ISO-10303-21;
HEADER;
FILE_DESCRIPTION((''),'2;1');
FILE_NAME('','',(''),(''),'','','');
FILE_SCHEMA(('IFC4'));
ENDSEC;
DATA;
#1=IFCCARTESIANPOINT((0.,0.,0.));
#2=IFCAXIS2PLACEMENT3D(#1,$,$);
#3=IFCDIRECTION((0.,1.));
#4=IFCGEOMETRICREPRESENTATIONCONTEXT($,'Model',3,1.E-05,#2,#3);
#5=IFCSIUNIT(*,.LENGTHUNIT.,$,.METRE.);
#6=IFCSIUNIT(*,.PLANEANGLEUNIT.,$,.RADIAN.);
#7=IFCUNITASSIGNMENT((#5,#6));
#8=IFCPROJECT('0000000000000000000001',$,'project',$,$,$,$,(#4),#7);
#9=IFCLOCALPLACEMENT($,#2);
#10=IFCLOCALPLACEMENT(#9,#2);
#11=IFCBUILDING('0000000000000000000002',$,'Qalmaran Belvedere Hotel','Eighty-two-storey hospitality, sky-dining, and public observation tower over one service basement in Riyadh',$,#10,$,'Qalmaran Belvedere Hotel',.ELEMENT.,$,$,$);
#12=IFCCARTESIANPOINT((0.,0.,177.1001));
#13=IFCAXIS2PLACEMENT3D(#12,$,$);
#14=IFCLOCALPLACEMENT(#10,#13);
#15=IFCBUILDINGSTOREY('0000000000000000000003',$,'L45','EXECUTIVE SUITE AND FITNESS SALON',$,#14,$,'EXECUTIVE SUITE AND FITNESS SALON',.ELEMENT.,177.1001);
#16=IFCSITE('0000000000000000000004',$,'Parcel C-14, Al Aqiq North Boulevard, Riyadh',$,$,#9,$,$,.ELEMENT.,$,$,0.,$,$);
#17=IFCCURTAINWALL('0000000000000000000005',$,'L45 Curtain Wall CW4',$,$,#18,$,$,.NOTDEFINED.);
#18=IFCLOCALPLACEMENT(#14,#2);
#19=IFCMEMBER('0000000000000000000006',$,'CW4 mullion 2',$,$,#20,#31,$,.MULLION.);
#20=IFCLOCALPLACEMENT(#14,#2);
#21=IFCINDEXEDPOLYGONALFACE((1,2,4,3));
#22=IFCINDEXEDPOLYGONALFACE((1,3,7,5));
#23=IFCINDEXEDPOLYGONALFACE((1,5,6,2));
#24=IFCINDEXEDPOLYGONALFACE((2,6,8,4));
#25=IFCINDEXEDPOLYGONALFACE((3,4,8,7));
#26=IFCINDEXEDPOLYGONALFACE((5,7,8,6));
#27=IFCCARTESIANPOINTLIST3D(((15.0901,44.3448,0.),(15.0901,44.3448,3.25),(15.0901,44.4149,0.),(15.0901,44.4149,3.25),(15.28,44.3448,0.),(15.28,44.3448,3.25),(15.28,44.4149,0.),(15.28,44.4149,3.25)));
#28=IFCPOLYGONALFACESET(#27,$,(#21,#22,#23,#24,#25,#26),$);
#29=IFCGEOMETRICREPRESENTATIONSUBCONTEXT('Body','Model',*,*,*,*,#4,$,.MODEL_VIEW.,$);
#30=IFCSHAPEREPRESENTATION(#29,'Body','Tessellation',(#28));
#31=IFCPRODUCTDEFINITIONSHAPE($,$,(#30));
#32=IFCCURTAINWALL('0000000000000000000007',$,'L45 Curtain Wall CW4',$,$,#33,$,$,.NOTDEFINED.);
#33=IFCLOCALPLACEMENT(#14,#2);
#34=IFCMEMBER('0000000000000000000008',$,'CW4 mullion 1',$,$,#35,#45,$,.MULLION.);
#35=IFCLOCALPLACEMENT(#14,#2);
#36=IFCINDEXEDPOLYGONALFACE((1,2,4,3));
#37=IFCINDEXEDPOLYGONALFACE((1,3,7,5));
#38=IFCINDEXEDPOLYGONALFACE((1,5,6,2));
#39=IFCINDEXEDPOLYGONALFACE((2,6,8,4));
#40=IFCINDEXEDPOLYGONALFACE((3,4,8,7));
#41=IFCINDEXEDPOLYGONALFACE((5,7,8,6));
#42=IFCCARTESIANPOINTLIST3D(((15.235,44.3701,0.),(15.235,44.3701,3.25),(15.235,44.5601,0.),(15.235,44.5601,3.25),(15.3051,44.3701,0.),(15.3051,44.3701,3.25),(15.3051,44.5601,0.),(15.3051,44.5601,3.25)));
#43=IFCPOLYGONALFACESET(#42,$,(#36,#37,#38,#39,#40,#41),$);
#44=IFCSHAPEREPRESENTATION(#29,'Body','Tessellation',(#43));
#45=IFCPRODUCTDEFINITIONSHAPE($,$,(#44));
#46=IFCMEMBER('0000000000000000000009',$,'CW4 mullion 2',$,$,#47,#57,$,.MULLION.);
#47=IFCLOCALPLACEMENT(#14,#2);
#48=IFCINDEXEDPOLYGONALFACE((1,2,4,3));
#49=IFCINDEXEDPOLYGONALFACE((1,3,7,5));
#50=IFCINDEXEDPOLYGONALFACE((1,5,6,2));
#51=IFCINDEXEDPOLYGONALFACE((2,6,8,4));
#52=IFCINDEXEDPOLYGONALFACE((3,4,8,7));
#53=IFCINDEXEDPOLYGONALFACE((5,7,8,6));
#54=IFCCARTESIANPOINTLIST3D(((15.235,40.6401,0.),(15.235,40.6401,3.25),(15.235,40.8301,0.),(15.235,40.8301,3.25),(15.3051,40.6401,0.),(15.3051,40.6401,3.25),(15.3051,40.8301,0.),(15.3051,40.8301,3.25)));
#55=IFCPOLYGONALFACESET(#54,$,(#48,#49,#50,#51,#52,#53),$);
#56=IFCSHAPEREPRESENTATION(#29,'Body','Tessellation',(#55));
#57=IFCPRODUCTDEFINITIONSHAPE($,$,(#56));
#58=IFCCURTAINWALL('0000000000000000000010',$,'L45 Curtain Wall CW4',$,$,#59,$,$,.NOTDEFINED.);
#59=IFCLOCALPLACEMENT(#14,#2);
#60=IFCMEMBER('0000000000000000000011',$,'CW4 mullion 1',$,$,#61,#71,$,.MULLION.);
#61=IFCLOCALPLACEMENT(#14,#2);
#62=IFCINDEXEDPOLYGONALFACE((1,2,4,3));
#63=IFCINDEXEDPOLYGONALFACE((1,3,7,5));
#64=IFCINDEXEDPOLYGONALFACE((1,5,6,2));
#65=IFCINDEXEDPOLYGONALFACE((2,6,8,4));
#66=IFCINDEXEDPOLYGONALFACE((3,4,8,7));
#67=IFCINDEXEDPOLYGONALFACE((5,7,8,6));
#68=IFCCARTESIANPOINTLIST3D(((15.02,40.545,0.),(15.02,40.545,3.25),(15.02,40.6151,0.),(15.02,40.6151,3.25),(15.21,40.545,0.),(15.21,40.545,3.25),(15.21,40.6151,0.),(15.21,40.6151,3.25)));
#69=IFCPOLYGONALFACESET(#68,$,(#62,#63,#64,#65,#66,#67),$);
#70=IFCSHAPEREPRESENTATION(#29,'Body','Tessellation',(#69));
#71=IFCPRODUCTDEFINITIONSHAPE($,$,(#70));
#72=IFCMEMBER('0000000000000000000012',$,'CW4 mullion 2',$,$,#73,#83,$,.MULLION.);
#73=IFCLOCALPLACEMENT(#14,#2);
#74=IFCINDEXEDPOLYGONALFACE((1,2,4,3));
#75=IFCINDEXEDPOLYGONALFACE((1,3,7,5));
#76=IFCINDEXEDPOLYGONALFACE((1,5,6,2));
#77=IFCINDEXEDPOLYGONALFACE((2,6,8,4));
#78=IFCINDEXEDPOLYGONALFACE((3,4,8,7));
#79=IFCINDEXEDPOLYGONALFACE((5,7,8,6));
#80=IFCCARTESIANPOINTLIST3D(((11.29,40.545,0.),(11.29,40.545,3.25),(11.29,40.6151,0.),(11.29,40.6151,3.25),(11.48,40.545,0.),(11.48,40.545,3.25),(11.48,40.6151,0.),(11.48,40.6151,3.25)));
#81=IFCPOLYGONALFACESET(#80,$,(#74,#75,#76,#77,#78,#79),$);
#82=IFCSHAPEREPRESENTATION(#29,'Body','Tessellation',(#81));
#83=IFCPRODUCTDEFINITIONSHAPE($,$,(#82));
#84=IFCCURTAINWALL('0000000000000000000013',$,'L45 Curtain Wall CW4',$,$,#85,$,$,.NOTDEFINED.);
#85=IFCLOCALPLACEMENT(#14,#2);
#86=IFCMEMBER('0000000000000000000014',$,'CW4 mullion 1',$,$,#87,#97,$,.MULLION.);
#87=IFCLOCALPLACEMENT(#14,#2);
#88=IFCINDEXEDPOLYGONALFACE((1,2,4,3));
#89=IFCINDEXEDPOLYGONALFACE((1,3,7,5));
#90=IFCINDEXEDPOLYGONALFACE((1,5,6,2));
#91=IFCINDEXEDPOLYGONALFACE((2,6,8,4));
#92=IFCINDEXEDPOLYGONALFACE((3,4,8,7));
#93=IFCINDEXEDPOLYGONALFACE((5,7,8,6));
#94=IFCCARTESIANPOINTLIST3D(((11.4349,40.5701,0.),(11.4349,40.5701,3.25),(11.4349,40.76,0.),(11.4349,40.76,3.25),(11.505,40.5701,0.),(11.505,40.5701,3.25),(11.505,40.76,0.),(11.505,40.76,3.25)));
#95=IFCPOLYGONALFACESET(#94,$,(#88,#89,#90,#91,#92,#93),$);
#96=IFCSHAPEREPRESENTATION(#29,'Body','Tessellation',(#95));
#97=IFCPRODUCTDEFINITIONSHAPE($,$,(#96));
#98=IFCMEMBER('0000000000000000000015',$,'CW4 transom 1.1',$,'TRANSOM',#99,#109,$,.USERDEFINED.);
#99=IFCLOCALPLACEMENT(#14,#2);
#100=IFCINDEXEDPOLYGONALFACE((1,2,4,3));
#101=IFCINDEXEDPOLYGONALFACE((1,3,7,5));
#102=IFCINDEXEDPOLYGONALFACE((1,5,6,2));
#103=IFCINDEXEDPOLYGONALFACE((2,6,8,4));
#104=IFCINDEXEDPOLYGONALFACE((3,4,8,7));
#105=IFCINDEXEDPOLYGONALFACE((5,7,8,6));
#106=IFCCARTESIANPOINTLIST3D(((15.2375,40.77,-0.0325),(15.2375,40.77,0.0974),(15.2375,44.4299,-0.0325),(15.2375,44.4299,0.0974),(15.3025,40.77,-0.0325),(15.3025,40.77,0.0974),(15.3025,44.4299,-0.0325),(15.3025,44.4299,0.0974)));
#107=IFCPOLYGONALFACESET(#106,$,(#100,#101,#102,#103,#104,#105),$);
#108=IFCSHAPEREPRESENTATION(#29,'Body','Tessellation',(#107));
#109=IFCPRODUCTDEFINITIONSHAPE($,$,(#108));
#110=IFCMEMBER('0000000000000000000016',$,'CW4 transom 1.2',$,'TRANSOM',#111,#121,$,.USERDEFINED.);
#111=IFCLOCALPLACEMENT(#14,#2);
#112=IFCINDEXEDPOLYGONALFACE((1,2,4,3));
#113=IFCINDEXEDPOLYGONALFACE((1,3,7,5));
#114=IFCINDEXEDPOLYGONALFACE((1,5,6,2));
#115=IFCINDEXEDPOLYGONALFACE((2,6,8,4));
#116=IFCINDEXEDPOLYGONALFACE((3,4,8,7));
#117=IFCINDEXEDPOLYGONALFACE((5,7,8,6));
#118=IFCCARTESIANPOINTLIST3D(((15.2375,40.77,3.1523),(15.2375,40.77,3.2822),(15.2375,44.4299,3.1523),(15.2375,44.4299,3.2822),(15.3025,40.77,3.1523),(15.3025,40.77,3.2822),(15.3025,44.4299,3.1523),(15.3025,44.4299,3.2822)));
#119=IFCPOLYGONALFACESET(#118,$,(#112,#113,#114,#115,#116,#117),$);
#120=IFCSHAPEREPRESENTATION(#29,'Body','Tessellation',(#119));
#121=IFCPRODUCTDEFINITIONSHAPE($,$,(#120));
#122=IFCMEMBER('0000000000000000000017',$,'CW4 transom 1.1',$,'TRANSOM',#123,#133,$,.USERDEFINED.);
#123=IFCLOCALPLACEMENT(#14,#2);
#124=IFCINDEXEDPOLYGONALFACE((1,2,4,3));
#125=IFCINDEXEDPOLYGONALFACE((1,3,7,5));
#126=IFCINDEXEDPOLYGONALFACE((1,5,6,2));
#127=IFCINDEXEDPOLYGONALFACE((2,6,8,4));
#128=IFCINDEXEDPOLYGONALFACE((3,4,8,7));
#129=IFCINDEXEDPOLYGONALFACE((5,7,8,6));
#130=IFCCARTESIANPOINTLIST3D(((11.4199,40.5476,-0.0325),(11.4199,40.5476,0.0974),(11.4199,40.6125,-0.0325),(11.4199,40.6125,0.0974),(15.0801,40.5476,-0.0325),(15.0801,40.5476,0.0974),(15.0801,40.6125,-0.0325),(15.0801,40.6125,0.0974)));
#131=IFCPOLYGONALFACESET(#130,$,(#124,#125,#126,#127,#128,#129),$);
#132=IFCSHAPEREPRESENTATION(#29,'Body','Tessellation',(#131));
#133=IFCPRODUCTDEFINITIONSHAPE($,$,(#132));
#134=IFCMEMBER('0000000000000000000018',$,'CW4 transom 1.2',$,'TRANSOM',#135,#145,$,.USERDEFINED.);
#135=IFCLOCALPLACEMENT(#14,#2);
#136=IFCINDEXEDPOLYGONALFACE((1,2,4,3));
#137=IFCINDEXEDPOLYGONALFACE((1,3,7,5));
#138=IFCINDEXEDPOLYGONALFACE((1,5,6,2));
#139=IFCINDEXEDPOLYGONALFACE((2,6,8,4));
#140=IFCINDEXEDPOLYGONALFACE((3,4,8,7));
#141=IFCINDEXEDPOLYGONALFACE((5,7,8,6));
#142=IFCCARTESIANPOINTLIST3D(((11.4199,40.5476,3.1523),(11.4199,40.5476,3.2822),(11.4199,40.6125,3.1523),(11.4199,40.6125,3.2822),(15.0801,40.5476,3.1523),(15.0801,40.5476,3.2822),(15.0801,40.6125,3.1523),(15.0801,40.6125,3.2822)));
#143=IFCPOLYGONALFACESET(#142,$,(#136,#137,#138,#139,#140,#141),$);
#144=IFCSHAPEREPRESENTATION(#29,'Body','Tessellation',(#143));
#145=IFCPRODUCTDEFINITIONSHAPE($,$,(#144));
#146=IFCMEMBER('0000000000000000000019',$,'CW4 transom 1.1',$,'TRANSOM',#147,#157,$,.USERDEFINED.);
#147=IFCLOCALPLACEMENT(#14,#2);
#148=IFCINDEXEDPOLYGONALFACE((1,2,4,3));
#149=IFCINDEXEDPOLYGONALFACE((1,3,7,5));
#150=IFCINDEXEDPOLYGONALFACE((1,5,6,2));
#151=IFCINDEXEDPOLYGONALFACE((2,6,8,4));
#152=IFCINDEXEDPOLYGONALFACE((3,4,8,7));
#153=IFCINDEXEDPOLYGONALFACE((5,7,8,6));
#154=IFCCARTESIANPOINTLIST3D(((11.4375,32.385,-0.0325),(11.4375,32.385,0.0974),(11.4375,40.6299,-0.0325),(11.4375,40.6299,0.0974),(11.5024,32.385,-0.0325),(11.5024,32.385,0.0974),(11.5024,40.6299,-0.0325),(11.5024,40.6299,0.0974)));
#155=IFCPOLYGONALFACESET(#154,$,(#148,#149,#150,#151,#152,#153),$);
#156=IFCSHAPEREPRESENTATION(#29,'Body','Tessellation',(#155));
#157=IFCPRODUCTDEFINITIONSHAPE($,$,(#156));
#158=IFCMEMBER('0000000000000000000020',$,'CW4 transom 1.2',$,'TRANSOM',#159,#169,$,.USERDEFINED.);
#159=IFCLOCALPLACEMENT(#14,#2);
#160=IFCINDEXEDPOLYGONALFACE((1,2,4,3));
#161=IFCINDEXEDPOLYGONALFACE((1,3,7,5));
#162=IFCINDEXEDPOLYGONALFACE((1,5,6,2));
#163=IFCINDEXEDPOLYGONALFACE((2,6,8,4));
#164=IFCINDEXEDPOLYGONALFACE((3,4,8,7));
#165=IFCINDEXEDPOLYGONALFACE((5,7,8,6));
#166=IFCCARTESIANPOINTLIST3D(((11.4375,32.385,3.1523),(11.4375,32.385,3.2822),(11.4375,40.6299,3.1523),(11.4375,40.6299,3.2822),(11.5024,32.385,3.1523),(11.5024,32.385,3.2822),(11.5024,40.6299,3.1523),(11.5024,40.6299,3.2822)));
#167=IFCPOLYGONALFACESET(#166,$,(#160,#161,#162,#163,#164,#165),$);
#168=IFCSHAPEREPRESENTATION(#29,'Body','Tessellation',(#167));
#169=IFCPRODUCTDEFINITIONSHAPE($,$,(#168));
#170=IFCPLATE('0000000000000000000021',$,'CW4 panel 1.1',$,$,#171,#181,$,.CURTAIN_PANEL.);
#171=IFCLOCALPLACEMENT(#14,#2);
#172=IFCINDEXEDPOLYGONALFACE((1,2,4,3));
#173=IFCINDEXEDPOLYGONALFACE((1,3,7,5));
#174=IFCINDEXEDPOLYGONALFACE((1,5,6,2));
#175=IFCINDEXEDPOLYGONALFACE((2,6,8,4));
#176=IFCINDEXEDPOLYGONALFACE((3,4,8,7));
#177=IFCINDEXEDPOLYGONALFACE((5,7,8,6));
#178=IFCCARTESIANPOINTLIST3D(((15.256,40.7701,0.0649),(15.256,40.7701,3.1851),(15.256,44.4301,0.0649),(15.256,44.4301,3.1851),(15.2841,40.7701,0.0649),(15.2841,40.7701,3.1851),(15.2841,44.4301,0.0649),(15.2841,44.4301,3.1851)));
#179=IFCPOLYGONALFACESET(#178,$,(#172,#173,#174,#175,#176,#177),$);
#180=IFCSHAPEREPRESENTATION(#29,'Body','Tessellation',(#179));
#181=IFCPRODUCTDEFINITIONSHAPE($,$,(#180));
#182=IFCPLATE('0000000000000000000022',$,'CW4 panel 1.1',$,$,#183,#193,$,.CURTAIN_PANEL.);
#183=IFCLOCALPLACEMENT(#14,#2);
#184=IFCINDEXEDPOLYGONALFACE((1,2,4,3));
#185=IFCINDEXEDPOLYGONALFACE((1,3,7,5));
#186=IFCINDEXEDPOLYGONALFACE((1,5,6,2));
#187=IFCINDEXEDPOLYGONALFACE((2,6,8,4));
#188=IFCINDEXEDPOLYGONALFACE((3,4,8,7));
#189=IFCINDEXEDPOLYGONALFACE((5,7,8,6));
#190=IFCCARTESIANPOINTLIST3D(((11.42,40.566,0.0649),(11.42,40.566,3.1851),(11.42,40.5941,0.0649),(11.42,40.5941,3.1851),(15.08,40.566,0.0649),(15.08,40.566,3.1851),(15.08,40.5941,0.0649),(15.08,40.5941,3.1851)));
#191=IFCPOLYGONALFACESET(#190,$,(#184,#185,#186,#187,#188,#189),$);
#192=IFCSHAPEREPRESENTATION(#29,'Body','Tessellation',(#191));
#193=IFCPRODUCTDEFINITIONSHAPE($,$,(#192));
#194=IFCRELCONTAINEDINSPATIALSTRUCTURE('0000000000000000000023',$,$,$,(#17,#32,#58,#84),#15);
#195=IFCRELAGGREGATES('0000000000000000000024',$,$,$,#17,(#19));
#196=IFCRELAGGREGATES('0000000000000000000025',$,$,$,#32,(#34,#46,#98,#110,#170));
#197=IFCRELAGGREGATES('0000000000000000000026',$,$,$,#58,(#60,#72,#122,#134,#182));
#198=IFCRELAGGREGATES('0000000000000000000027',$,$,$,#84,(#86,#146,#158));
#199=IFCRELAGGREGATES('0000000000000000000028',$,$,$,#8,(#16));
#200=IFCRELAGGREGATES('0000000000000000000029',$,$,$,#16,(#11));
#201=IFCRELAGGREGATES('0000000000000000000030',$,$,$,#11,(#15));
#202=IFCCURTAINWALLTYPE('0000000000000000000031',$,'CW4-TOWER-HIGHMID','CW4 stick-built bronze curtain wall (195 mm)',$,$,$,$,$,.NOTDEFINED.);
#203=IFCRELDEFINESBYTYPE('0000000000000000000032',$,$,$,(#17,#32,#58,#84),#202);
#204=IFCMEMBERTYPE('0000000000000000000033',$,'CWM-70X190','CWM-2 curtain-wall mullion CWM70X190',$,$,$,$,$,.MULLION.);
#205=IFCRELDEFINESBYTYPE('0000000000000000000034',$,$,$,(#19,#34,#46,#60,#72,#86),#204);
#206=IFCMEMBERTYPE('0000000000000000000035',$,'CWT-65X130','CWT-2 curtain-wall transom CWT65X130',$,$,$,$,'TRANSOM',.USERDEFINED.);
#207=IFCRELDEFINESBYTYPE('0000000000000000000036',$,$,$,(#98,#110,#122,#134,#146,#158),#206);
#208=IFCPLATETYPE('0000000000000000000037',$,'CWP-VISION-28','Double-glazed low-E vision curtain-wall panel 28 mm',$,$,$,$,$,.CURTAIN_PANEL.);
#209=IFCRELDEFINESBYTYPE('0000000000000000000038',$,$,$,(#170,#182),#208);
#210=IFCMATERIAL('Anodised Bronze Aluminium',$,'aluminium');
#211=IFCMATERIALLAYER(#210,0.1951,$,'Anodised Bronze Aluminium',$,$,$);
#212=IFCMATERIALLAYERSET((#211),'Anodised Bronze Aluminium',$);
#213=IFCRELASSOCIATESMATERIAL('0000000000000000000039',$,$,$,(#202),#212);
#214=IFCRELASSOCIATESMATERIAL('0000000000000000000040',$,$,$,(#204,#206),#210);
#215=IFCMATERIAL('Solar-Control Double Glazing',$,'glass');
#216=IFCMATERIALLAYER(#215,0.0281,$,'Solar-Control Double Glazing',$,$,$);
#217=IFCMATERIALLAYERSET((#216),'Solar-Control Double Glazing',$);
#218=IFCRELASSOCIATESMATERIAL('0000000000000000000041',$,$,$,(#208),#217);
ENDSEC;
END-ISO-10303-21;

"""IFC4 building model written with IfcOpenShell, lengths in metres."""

from ifc_helpers import new_model, si_unit, direction, frame, origin, origin_2d, place, context, subcontext, project, spatial, rectangle, extrude, material, layer, layer_set, material_profile, profile_set, type_object, element, aggregate, save


model = new_model("IFC4")

# Units and contexts
model_context = context("Model", 3, precision=1e-05, world=origin(), true_north=direction((0.0, 1.0)))
body_context = subcontext(model_context, "Body", "Model", "MODEL_VIEW")
ifc_project = project(units=[si_unit("LENGTHUNIT", "METRE"), si_unit("PLANEANGLEUNIT", "RADIAN")], contexts=[model_context])

# Site, building, storey
site_placement = place(None, origin())
site = spatial("IfcSite", under=ifc_project, at=site_placement, Name="Parcel C-14, Al Aqiq North Boulevard, Riyadh", CompositionType="ELEMENT", RefElevation=0.0)
building_placement = place(site_placement, origin())
building = spatial("IfcBuilding", under=site, at=building_placement, Name="Qalmaran Belvedere Hotel", Description="Eighty-two-storey hospitality, sky-dining, and public observation tower over one service basement in Riyadh", LongName="Qalmaran Belvedere Hotel", CompositionType="ELEMENT")
storey_placement = place(building_placement, frame((0.0, 0.0, 177.1001)))
storey = spatial("IfcBuildingStorey", under=building, at=storey_placement, Name="L45", Description="EXECUTIVE SUITE AND FITNESS SALON", LongName="EXECUTIVE SUITE AND FITNESS SALON", CompositionType="ELEMENT", Elevation=177.1001)

# Curtain wall, member
ifc_material_1 = material(Name="Anodised Bronze Aluminium", Category="aluminium")
ifc_layer_1 = layer(ifc_material_1, 0.1951, Name="Anodised Bronze Aluminium")
ifc_layer_set_1 = layer_set([ifc_layer_1], Name="Anodised Bronze Aluminium")
curtain_wall_type = type_object("IfcCurtainWallType", Name="CW4-TOWER-HIGHMID", Description="CW4 stick-built bronze curtain wall (195 mm)", PredefinedType="NOTDEFINED", material=ifc_layer_set_1)
curtain_wall_1_placement = place(storey_placement, origin())
curtain_wall_1 = element("IfcCurtainWall", 1, at=curtain_wall_1_placement, inside=storey, type_object=curtain_wall_type, Name="L45 Curtain Wall CW4", PredefinedType="NOTDEFINED")
ifc_material_profile_1 = material_profile(ifc_material_1, rectangle(XDim=0.0701, YDim=0.1899, at=origin_2d()), Name="CWM70X190")
ifc_profile_set_1 = profile_set([ifc_material_profile_1], Name="Anodised Bronze Aluminium")
member_type_1 = type_object("IfcMemberType", Name="CWM-70X190", Description="CWM-2 curtain-wall mullion CWM70X190", PredefinedType="MULLION", material=ifc_profile_set_1)
member_1_placement = place(storey_placement, frame((15.1851, 44.3799, 0.0), z_axis=(0.0, 0.0, 1.0), x_axis=(0.0, -1.0, 0.0)))
member_1 = element("IfcMember", 2, at=member_1_placement, type_object=member_type_1, Name="CW4 mullion 2", PredefinedType="MULLION", context=body_context, shape_type="SweptSolid", body=[
    extrude(rectangle(XDim=0.0701, YDim=0.1899, at=origin_2d()), origin(), (0.0, 0.0, 1.0), 3.25),
])
aggregate(curtain_wall_1, [member_1])

# Curtain walls, members
curtain_wall_2_placement = place(storey_placement, origin())
curtain_wall_2 = element("IfcCurtainWall", 3, at=curtain_wall_2_placement, inside=storey, type_object=curtain_wall_type, Name="L45 Curtain Wall CW4", PredefinedType="NOTDEFINED")
member_2_placement = place(storey_placement, frame((15.27, 44.4651, 0.0), z_axis=(0.0, 0.0, 1.0), x_axis=(1.0, 0.0, 0.0)))
member_2 = element("IfcMember", 4, at=member_2_placement, type_object=member_type_1, Name="CW4 mullion 1", PredefinedType="MULLION", context=body_context, shape_type="SweptSolid", body=[
    extrude(rectangle(XDim=0.0701, YDim=0.1899, at=origin_2d()), origin(), (0.0, 0.0, 1.0), 3.25),
])
member_3_placement = place(storey_placement, frame((15.27, 40.7351, 0.0), z_axis=(0.0, 0.0, 1.0), x_axis=(1.0, 0.0, 0.0)))
member_3 = element("IfcMember", 5, at=member_3_placement, type_object=member_type_1, Name="CW4 mullion 2", PredefinedType="MULLION", context=body_context, shape_type="SweptSolid", body=[
    extrude(rectangle(XDim=0.0701, YDim=0.1899, at=origin_2d()), origin(), (0.0, 0.0, 1.0), 3.25),
])
curtain_wall_3_placement = place(storey_placement, origin())
curtain_wall_3 = element("IfcCurtainWall", 6, at=curtain_wall_3_placement, inside=storey, type_object=curtain_wall_type, Name="L45 Curtain Wall CW4", PredefinedType="NOTDEFINED")
member_4_placement = place(storey_placement, frame((15.115, 40.5801, 0.0), z_axis=(0.0, 0.0, 1.0), x_axis=(0.0, -1.0, 0.0)))
member_4 = element("IfcMember", 7, at=member_4_placement, type_object=member_type_1, Name="CW4 mullion 1", PredefinedType="MULLION", context=body_context, shape_type="SweptSolid", body=[
    extrude(rectangle(XDim=0.0701, YDim=0.1899, at=origin_2d()), origin(), (0.0, 0.0, 1.0), 3.25),
])
member_5_placement = place(storey_placement, frame((11.385, 40.5801, 0.0), z_axis=(0.0, 0.0, 1.0), x_axis=(0.0, -1.0, 0.0)))
member_5 = element("IfcMember", 8, at=member_5_placement, type_object=member_type_1, Name="CW4 mullion 2", PredefinedType="MULLION", context=body_context, shape_type="SweptSolid", body=[
    extrude(rectangle(XDim=0.0701, YDim=0.1899, at=origin_2d()), origin(), (0.0, 0.0, 1.0), 3.25),
])

# Curtain wall, member
curtain_wall_4_placement = place(storey_placement, origin())
curtain_wall_4 = element("IfcCurtainWall", 9, at=curtain_wall_4_placement, inside=storey, type_object=curtain_wall_type, Name="L45 Curtain Wall CW4", PredefinedType="NOTDEFINED")
member_6_placement = place(storey_placement, frame((11.47, 40.665, 0.0), z_axis=(0.0, 0.0, 1.0), x_axis=(1.0, 0.0, 0.0)))
member_6 = element("IfcMember", 10, at=member_6_placement, type_object=member_type_1, Name="CW4 mullion 1", PredefinedType="MULLION", context=body_context, shape_type="SweptSolid", body=[
    extrude(rectangle(XDim=0.0701, YDim=0.1899, at=origin_2d()), origin(), (0.0, 0.0, 1.0), 3.25),
])

# Members
ifc_material_profile_2 = material_profile(ifc_material_1, rectangle(XDim=0.0649, YDim=0.1299, at=origin_2d()), Name="CWT65X130")
ifc_profile_set_2 = profile_set([ifc_material_profile_2], Name="Anodised Bronze Aluminium")
member_type_2 = type_object("IfcMemberType", Name="CWT-65X130", Description="CWT-2 curtain-wall transom CWT65X130", ElementType="TRANSOM", PredefinedType="USERDEFINED", material=ifc_profile_set_2)
member_7_placement = place(storey_placement, frame((15.27, 44.4299, 0.0325), z_axis=(0.0, -1.0, 0.0), x_axis=(1.0, 0.0, 0.0)))
member_7 = element("IfcMember", 11, at=member_7_placement, type_object=member_type_2, Name="CW4 transom 1.1", ObjectType="TRANSOM", PredefinedType="USERDEFINED", context=body_context, shape_type="SweptSolid", body=[
    extrude(rectangle(XDim=0.0649, YDim=0.1299, at=origin_2d()), origin(), (0.0, 0.0, 1.0), 3.6599),
])
member_8_placement = place(storey_placement, frame((15.27, 44.4299, 3.2173), z_axis=(0.0, -1.0, 0.0), x_axis=(1.0, 0.0, 0.0)))
member_8 = element("IfcMember", 12, at=member_8_placement, type_object=member_type_2, Name="CW4 transom 1.2", ObjectType="TRANSOM", PredefinedType="USERDEFINED", context=body_context, shape_type="SweptSolid", body=[
    extrude(rectangle(XDim=0.0649, YDim=0.1299, at=origin_2d()), origin(), (0.0, 0.0, 1.0), 3.6599),
])
member_9_placement = place(storey_placement, frame((15.0801, 40.5801, 0.0325), z_axis=(-1.0, 0.0, 0.0), x_axis=(0.0, -1.0, 0.0)))
member_9 = element("IfcMember", 13, at=member_9_placement, type_object=member_type_2, Name="CW4 transom 1.1", ObjectType="TRANSOM", PredefinedType="USERDEFINED", context=body_context, shape_type="SweptSolid", body=[
    extrude(rectangle(XDim=0.0649, YDim=0.1299, at=origin_2d()), origin(), (0.0, 0.0, 1.0), 3.6602),
])
member_10_placement = place(storey_placement, frame((15.0801, 40.5801, 3.2173), z_axis=(-1.0, 0.0, 0.0), x_axis=(0.0, -1.0, 0.0)))
member_10 = element("IfcMember", 14, at=member_10_placement, type_object=member_type_2, Name="CW4 transom 1.2", ObjectType="TRANSOM", PredefinedType="USERDEFINED", context=body_context, shape_type="SweptSolid", body=[
    extrude(rectangle(XDim=0.0649, YDim=0.1299, at=origin_2d()), origin(), (0.0, 0.0, 1.0), 3.6602),
])
member_11_placement = place(storey_placement, frame((11.47, 40.6299, 0.0325), z_axis=(0.0, -1.0, 0.0), x_axis=(1.0, 0.0, 0.0)))
member_11 = element("IfcMember", 15, at=member_11_placement, type_object=member_type_2, Name="CW4 transom 1.1", ObjectType="TRANSOM", PredefinedType="USERDEFINED", context=body_context, shape_type="SweptSolid", body=[
    extrude(rectangle(XDim=0.0649, YDim=0.1299, at=origin_2d()), origin(), (0.0, 0.0, 1.0), 8.2449),
])
member_12_placement = place(storey_placement, frame((11.47, 40.6299, 3.2173), z_axis=(0.0, -1.0, 0.0), x_axis=(1.0, 0.0, 0.0)))
member_12 = element("IfcMember", 16, at=member_12_placement, type_object=member_type_2, Name="CW4 transom 1.2", ObjectType="TRANSOM", PredefinedType="USERDEFINED", context=body_context, shape_type="SweptSolid", body=[
    extrude(rectangle(XDim=0.0649, YDim=0.1299, at=origin_2d()), origin(), (0.0, 0.0, 1.0), 8.2449),
])

# Plates
ifc_material_2 = material(Name="Solar-Control Double Glazing", Category="glass")
ifc_layer_2 = layer(ifc_material_2, 0.0281, Name="Solar-Control Double Glazing")
ifc_layer_set_2 = layer_set([ifc_layer_2], Name="Solar-Control Double Glazing")
plate_type = type_object("IfcPlateType", Name="CWP-VISION-28", Description="Double-glazed low-E vision curtain-wall panel 28 mm", PredefinedType="CURTAIN_PANEL", material=ifc_layer_set_2)
plate_1_placement = place(storey_placement, frame((15.27, 42.6001, 0.0649), z_axis=(0.0, 0.0, 1.0), x_axis=(0.0, -1.0, 0.0)))
plate_1 = element("IfcPlate", 17, at=plate_1_placement, type_object=plate_type, Name="CW4 panel 1.1", PredefinedType="CURTAIN_PANEL", context=body_context, shape_type="SweptSolid", body=[
    extrude(rectangle(XDim=3.6599, YDim=0.0281, at=origin_2d()), origin(), (0.0, 0.0, 1.0), 3.1201),
])
aggregate(curtain_wall_2, [member_2, member_3, member_7, member_8, plate_1])
plate_2_placement = place(storey_placement, frame((13.25, 40.5801, 0.0649), z_axis=(0.0, 0.0, 1.0), x_axis=(-1.0, 0.0, 0.0)))
plate_2 = element("IfcPlate", 18, at=plate_2_placement, type_object=plate_type, Name="CW4 panel 1.1", PredefinedType="CURTAIN_PANEL", context=body_context, shape_type="SweptSolid", body=[
    extrude(rectangle(XDim=3.6599, YDim=0.0281, at=origin_2d()), origin(), (0.0, 0.0, 1.0), 3.1201),
])
aggregate(curtain_wall_3, [member_4, member_5, member_9, member_10, plate_2])
aggregate(curtain_wall_4, [member_6, member_11, member_12])

save(model, "model.ifc")
